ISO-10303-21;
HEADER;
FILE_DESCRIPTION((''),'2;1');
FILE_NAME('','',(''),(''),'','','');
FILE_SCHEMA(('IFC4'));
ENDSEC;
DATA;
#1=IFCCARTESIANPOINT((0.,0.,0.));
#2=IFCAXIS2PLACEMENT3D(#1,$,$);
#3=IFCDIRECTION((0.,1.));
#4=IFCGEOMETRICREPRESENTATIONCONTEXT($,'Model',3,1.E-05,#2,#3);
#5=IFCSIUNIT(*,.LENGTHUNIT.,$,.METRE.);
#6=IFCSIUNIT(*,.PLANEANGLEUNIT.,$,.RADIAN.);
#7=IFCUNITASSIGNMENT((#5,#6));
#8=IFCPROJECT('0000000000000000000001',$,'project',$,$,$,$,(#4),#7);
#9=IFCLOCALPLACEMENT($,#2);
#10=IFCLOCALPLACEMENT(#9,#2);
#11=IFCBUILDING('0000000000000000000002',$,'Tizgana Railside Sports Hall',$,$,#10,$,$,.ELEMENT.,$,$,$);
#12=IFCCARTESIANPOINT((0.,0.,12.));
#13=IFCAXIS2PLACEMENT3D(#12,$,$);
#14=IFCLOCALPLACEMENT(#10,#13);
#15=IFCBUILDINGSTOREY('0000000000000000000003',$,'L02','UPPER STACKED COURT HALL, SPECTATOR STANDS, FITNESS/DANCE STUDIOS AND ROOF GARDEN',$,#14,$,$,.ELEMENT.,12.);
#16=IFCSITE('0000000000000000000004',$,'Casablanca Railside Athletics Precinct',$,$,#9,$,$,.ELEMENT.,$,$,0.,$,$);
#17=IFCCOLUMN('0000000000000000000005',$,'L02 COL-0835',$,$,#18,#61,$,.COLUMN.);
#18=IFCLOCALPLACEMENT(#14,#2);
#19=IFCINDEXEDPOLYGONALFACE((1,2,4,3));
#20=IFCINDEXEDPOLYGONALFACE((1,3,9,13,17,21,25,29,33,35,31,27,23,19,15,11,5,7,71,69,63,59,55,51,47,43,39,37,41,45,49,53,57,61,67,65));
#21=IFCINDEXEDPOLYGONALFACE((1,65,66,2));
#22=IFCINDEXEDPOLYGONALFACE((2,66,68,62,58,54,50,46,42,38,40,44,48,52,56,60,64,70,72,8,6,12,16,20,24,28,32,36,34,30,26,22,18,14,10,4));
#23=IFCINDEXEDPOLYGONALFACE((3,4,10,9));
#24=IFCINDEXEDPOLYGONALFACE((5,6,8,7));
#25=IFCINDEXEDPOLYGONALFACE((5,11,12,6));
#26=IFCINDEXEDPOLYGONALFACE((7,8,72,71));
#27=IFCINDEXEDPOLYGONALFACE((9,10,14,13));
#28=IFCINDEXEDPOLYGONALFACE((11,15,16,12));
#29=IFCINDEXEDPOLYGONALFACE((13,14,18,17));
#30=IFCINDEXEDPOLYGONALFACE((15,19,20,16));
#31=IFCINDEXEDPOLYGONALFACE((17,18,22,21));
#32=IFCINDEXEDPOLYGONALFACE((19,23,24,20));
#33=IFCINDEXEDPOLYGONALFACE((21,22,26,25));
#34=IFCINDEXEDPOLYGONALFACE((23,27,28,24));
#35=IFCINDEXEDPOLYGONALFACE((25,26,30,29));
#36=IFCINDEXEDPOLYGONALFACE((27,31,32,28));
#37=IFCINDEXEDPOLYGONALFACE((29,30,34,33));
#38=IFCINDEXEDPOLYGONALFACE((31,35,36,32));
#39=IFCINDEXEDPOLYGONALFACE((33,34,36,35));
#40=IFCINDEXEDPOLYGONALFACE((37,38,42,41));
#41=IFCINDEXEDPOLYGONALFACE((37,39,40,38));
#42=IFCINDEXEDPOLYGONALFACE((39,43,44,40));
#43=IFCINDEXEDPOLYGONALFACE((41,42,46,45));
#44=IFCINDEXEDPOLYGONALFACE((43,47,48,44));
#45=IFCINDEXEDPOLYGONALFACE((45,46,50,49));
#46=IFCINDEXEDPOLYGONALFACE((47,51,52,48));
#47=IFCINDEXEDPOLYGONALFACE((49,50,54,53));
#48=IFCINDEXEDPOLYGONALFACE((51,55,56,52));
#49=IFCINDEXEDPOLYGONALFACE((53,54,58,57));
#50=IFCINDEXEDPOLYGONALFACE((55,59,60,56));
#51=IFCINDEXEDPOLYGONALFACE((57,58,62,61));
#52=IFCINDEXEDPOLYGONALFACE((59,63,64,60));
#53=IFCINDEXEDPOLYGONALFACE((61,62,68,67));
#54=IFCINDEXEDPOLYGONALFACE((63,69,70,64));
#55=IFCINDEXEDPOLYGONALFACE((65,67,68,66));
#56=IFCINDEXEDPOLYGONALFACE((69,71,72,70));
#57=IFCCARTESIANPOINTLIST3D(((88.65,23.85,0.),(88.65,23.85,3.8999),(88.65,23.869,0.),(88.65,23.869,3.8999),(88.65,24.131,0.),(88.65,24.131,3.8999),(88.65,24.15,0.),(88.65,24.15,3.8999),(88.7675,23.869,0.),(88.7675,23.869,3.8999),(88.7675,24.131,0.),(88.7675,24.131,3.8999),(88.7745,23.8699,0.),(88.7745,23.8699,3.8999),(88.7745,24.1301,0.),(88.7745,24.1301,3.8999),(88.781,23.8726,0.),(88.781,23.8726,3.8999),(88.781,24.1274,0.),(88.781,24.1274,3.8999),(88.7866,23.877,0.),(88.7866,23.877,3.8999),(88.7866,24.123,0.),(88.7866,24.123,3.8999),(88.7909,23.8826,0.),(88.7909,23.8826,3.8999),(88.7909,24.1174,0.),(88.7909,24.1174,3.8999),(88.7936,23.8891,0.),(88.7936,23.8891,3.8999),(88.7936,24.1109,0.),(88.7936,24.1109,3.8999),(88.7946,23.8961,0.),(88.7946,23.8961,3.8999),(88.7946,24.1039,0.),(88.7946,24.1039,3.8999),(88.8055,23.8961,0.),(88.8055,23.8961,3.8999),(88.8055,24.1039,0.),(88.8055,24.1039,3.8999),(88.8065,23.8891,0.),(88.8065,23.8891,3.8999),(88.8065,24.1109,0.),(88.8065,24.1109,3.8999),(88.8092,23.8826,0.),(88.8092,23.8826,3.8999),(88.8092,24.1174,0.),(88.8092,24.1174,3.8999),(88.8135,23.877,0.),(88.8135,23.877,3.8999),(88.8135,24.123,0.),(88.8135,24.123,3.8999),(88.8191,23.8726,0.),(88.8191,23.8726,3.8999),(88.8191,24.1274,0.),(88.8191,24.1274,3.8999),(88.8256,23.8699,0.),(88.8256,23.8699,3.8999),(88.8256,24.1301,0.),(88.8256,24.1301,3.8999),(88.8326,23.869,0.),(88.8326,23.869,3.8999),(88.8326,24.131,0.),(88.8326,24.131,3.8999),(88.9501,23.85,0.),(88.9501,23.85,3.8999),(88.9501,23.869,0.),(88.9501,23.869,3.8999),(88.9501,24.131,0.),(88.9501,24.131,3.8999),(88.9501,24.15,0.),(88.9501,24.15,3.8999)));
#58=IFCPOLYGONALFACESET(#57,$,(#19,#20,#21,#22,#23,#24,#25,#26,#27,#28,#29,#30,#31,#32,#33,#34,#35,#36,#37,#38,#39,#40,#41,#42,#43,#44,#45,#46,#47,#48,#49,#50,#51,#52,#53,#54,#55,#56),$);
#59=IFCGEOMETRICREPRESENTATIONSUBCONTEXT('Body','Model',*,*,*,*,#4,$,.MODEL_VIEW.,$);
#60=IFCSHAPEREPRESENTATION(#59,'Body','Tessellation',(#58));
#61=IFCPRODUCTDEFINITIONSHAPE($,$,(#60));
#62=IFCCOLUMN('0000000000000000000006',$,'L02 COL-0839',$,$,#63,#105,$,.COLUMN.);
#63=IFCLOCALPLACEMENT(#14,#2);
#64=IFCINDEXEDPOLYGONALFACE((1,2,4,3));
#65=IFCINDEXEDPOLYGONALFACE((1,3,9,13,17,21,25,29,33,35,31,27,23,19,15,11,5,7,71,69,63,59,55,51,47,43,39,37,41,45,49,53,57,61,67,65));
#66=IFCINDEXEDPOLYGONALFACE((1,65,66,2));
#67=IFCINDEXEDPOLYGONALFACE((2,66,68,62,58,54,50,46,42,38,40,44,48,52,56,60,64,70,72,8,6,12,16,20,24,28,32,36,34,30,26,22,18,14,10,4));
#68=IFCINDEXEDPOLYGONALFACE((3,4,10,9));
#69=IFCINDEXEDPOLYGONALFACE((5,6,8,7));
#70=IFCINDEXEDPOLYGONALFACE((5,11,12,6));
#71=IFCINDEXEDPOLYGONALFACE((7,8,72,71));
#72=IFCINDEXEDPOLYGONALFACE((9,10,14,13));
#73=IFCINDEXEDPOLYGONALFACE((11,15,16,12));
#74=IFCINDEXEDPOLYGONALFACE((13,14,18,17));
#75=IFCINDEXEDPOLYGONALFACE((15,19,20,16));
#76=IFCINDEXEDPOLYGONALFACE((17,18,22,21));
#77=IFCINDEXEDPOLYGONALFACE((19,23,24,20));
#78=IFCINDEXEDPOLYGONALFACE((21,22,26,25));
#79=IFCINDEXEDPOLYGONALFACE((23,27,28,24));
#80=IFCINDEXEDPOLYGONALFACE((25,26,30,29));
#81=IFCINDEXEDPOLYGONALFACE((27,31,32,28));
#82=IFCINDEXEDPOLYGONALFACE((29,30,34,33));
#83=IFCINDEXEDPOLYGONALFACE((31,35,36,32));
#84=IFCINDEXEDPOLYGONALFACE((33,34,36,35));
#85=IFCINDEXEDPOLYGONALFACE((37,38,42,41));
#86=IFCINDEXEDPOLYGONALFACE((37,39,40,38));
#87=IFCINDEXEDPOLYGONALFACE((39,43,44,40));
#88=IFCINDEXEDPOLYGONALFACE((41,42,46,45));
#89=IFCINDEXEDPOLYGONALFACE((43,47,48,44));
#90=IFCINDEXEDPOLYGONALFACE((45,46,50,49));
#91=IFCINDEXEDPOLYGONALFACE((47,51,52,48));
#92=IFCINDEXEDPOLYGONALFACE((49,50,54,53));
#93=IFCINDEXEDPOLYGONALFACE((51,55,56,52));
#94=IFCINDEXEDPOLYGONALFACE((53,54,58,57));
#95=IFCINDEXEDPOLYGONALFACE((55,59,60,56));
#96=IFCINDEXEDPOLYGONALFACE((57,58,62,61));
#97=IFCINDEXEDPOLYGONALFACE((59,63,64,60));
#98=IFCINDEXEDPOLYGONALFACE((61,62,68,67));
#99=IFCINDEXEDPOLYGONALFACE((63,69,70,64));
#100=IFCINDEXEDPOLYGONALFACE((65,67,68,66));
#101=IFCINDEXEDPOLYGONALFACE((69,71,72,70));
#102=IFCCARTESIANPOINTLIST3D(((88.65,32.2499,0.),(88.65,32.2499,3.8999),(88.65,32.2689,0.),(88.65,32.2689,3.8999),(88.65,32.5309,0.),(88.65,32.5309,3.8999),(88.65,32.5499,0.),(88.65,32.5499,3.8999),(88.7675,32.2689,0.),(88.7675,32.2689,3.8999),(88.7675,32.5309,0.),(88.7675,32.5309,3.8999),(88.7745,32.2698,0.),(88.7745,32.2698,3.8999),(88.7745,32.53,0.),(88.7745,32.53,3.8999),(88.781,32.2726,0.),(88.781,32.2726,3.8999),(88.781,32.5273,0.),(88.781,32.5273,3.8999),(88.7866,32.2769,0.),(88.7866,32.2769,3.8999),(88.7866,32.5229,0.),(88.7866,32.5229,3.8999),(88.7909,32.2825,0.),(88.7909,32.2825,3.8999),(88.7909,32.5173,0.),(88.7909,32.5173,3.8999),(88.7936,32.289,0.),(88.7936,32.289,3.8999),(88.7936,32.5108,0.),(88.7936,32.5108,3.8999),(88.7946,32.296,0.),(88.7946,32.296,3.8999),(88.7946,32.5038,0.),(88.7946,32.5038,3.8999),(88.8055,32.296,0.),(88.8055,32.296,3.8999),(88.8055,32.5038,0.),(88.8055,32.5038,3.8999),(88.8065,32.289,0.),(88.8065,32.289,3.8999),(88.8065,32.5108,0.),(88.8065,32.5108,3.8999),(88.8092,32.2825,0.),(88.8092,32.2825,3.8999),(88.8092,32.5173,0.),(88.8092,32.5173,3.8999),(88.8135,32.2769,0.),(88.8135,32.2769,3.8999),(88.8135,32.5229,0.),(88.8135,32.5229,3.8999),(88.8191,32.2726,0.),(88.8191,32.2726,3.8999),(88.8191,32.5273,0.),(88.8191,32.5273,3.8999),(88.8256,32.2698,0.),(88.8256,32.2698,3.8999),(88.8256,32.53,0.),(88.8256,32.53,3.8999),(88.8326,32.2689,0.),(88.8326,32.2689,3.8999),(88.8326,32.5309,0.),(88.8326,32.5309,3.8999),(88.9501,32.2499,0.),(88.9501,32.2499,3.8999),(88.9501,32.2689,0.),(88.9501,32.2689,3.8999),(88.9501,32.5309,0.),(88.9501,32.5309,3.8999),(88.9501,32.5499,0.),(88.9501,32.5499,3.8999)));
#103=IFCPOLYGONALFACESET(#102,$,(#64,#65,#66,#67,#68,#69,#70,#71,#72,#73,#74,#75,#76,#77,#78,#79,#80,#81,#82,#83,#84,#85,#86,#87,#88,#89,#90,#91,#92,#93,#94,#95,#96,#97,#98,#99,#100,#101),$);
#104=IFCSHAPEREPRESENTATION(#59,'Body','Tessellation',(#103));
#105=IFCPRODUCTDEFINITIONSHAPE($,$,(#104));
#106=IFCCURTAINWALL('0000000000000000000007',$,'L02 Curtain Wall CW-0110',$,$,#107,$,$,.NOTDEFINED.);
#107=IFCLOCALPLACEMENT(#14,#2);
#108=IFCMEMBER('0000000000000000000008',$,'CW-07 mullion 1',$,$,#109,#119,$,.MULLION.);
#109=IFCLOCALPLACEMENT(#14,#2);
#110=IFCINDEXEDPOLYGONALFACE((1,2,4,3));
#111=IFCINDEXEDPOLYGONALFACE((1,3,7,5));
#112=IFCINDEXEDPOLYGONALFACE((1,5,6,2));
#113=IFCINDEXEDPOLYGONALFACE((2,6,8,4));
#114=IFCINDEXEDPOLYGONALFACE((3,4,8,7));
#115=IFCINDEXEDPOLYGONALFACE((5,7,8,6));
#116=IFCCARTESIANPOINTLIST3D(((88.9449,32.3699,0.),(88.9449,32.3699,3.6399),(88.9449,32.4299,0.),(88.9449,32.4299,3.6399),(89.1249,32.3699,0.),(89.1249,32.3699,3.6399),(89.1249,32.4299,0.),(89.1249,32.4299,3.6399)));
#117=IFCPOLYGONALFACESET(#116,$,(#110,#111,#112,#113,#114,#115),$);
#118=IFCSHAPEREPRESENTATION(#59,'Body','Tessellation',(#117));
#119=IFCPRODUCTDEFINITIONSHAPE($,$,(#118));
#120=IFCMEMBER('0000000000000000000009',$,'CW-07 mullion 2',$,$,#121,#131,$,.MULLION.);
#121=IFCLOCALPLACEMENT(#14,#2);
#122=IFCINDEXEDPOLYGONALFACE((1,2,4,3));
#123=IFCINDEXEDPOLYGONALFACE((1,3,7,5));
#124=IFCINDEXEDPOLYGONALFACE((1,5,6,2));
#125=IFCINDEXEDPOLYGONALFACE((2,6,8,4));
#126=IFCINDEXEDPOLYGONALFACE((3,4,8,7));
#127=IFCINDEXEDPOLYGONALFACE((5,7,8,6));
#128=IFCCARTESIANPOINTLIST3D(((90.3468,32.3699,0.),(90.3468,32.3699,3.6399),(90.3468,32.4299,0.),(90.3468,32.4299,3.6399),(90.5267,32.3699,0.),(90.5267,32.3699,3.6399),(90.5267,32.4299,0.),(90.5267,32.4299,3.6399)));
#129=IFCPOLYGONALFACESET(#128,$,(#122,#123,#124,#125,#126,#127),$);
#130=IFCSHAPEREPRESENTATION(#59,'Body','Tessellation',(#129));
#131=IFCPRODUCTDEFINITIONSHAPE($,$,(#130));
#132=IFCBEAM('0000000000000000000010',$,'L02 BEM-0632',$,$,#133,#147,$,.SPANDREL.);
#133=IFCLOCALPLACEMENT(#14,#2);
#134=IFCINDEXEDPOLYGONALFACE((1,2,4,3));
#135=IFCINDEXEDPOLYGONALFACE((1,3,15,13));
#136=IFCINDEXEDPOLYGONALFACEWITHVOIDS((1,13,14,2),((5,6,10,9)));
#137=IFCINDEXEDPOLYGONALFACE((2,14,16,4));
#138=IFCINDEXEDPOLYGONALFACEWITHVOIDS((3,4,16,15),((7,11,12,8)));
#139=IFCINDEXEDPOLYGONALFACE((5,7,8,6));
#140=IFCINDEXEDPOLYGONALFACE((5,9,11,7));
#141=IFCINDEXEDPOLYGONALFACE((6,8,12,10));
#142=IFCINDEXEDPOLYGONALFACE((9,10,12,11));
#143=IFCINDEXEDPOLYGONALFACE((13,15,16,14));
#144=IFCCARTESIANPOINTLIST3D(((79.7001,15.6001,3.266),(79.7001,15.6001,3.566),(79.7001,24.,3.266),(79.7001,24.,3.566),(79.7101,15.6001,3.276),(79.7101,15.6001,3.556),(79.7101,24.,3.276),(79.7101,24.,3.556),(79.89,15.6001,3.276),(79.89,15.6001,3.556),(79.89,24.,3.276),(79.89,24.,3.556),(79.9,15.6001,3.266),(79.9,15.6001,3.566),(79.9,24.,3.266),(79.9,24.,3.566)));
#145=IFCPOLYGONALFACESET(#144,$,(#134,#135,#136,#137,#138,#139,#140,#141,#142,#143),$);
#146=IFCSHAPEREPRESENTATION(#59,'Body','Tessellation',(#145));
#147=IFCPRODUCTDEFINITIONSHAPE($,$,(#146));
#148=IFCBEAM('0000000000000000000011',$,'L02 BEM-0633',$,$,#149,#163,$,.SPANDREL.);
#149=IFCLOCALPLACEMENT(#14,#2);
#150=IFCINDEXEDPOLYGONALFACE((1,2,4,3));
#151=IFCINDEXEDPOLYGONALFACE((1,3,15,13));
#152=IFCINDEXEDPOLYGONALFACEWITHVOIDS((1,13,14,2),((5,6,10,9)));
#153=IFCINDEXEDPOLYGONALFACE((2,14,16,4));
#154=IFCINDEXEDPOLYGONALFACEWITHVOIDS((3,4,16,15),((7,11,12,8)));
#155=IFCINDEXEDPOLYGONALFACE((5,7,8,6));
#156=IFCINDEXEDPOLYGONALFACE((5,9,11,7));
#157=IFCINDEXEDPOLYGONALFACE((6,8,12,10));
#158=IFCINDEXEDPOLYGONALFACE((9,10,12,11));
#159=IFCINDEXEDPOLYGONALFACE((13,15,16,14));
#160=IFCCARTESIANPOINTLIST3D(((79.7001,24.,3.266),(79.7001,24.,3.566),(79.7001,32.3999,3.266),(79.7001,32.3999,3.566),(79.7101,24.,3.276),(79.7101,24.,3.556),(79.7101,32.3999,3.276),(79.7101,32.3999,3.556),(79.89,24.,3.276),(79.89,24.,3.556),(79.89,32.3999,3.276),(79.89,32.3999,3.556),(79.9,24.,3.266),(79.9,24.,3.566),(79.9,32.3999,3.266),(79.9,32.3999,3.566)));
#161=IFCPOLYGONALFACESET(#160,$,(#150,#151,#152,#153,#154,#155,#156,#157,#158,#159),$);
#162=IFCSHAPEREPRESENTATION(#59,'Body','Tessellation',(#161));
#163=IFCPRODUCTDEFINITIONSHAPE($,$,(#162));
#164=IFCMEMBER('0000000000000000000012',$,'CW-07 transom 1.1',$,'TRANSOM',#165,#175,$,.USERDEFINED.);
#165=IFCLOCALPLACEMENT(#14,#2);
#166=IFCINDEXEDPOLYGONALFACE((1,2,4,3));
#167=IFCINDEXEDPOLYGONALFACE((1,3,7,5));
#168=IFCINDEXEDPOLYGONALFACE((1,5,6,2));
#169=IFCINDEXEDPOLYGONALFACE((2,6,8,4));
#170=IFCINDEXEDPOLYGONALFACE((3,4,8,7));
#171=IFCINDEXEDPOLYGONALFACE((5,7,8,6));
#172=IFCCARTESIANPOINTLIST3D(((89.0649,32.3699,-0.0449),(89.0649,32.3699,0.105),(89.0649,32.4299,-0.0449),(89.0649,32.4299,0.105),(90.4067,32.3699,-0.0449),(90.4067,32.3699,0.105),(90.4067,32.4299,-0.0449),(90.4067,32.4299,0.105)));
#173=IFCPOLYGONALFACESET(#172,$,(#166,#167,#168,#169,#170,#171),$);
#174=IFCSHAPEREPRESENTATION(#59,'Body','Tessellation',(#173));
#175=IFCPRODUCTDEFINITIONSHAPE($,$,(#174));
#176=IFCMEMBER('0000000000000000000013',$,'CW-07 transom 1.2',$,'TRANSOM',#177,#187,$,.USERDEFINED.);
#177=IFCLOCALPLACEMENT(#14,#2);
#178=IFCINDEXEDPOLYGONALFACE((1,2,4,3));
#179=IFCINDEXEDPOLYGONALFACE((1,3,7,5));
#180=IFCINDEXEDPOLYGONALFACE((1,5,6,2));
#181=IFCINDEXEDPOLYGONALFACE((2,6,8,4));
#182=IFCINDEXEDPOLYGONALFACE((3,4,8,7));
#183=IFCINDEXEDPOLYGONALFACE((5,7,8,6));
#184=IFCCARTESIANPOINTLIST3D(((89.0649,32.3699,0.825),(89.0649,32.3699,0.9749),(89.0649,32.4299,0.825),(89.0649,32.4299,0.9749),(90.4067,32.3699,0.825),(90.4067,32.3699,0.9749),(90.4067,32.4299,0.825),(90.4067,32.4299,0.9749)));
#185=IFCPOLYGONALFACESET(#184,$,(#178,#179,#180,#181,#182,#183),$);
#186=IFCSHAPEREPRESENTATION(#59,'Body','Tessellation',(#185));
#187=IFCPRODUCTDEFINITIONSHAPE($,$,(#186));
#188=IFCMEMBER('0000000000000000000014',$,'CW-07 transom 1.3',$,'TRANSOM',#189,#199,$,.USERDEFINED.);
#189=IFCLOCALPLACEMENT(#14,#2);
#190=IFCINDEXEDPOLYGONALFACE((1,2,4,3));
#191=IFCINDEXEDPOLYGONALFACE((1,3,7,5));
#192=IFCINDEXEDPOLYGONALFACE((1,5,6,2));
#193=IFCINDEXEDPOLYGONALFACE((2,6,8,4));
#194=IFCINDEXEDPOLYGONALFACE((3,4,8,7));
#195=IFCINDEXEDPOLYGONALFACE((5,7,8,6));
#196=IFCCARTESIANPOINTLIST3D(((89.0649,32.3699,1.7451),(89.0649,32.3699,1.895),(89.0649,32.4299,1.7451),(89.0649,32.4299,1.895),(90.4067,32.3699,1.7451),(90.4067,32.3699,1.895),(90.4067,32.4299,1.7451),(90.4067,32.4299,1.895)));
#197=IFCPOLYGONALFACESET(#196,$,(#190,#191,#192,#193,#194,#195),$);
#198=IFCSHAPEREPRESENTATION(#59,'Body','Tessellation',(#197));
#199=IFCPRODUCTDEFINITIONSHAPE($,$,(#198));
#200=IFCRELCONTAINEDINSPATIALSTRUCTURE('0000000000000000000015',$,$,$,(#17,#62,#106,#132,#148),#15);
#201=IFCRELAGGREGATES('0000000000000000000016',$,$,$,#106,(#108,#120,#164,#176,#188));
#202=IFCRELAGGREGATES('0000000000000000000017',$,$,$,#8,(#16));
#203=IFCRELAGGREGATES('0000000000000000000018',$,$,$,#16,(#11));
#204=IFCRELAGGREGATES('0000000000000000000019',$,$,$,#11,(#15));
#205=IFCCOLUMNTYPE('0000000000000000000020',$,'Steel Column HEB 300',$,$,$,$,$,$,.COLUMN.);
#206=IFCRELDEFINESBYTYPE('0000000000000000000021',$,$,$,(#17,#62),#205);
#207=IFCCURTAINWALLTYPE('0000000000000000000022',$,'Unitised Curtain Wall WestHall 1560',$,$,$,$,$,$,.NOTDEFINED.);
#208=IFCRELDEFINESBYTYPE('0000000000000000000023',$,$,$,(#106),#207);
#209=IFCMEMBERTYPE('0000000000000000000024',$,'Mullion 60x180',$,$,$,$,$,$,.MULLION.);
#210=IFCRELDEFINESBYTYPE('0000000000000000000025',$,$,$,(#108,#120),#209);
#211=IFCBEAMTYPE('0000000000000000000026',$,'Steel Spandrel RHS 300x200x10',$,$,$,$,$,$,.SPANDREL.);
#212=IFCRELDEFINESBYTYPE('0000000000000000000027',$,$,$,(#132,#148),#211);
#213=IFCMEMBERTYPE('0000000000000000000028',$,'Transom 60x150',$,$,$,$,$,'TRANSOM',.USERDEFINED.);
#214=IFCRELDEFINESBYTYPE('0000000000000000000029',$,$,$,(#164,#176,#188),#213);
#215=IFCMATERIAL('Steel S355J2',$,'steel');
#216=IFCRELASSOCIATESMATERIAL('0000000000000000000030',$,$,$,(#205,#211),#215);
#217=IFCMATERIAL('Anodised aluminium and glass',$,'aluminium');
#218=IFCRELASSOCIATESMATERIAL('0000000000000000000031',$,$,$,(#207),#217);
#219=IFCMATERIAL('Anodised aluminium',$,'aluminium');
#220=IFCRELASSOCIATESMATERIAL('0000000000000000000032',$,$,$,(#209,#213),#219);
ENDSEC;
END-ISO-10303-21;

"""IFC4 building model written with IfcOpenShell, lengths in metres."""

from ifc_helpers import new_model, si_unit, direction, frame, origin, origin_2d, place, context, subcontext, project, spatial, rectangle, hollow_rectangle, i_section, extrude, material, material_profile, profile_set, type_object, element, aggregate, save


model = new_model("IFC4")

# Units and contexts
model_context = context("Model", 3, precision=1e-05, world=origin(), true_north=direction((0.0, 1.0)))
body_context = subcontext(model_context, "Body", "Model", "MODEL_VIEW")
ifc_project = project(units=[si_unit("LENGTHUNIT", "METRE"), si_unit("PLANEANGLEUNIT", "RADIAN")], contexts=[model_context])

# Site, building, storey
site_placement = place(None, origin())
site = spatial("IfcSite", under=ifc_project, at=site_placement, Name="Casablanca Railside Athletics Precinct", CompositionType="ELEMENT", RefElevation=0.0)
building_placement = place(site_placement, origin())
building = spatial("IfcBuilding", under=site, at=building_placement, Name="Tizgana Railside Sports Hall", CompositionType="ELEMENT")
storey_placement = place(building_placement, frame((0.0, 0.0, 12.0)))
storey = spatial("IfcBuildingStorey", under=building, at=storey_placement, Name="L02", Description="UPPER STACKED COURT HALL, SPECTATOR STANDS, FITNESS/DANCE STUDIOS AND ROOF GARDEN", CompositionType="ELEMENT", Elevation=12.0)

# Columns
ifc_material_1 = material(Name="Steel S355J2", Category="steel")
ifc_material_profile_1 = material_profile(ifc_material_1, i_section(OverallWidth=0.3, OverallDepth=0.3, WebThickness=0.011, FlangeThickness=0.019, FilletRadius=0.0271, at=origin_2d()), Name="HEB 300")
ifc_profile_set_1 = profile_set([ifc_material_profile_1], Name="Steel S355J2")
column_type = type_object("IfcColumnType", Name="Steel Column HEB 300", PredefinedType="COLUMN", material=ifc_profile_set_1)
for number, where, z_axis, x_axis, name in (
    (1, (88.8, 24.0, 0.0), (0.0, 0.0, 1.0), (1.0, 0.0, 0.0), "L02 COL-0835"),
    (2, (88.8, 32.3999, 0.0), (0.0, 0.0, 1.0), (1.0, 0.0, 0.0), "L02 COL-0839"),
):
    element("IfcColumn", number, at=place(storey_placement, frame(where, z_axis=z_axis, x_axis=x_axis)), inside=storey, type_object=column_type, Name=name, PredefinedType="COLUMN", context=body_context, shape_type="SweptSolid", body=[
        extrude(i_section(OverallWidth=0.3, OverallDepth=0.3, WebThickness=0.011, FlangeThickness=0.019, FilletRadius=0.0271, at=origin_2d()), origin(), (0.0, 0.0, 1.0), 3.8999),
    ])

# Curtain wall, members
ifc_material_2 = material(Name="Anodised aluminium and glass", Category="aluminium")
curtain_wall_type = type_object("IfcCurtainWallType", Name="Unitised Curtain Wall WestHall 1560", PredefinedType="NOTDEFINED", material=ifc_material_2)
curtain_wall_placement = place(storey_placement, origin())
curtain_wall = element("IfcCurtainWall", 3, at=curtain_wall_placement, inside=storey, type_object=curtain_wall_type, Name="L02 Curtain Wall CW-0110", PredefinedType="NOTDEFINED")
ifc_material_3 = material(Name="Anodised aluminium", Category="aluminium")
ifc_material_profile_2 = material_profile(ifc_material_3, rectangle(XDim=0.0601, YDim=0.1799, at=origin_2d()), Name="Mullion 60x180")
ifc_profile_set_2 = profile_set([ifc_material_profile_2], Name="Anodised aluminium")
member_type_1 = type_object("IfcMemberType", Name="Mullion 60x180", PredefinedType="MULLION", material=ifc_profile_set_2)
member_1_placement = place(storey_placement, frame((89.0349, 32.3999, 0.0), z_axis=(0.0, 0.0, 1.0), x_axis=(0.0, 1.0, 0.0)))
member_1 = element("IfcMember", 4, at=member_1_placement, type_object=member_type_1, Name="CW-07 mullion 1", PredefinedType="MULLION", context=body_context, shape_type="SweptSolid", body=[
    extrude(rectangle(XDim=0.0601, YDim=0.1799, at=origin_2d()), origin(), (0.0, 0.0, 1.0), 3.6399),
])
member_2_placement = place(storey_placement, frame((90.4368, 32.3999, 0.0), z_axis=(0.0, 0.0, 1.0), x_axis=(0.0, 1.0, 0.0)))
member_2 = element("IfcMember", 5, at=member_2_placement, type_object=member_type_1, Name="CW-07 mullion 2", PredefinedType="MULLION", context=body_context, shape_type="SweptSolid", body=[
    extrude(rectangle(XDim=0.0601, YDim=0.1799, at=origin_2d()), origin(), (0.0, 0.0, 1.0), 3.6399),
])

# Beams
ifc_material_profile_3 = material_profile(ifc_material_1, hollow_rectangle(XDim=0.2, YDim=0.3, WallThickness=0.01, at=origin_2d()), Name="RHS 300x200x10")
ifc_profile_set_3 = profile_set([ifc_material_profile_3], Name="Steel S355J2")
beam_type = type_object("IfcBeamType", Name="Steel Spandrel RHS 300x200x10", PredefinedType="SPANDREL", material=ifc_profile_set_3)
for number, where, z_axis, x_axis, name in (
    (6, (79.8, 15.6001, 3.416), (0.0, 1.0, 0.0), (-1.0, 0.0, 0.0), "L02 BEM-0632"),
    (7, (79.8, 24.0, 3.416), (0.0, 1.0, 0.0), (-1.0, 0.0, 0.0), "L02 BEM-0633"),
):
    element("IfcBeam", number, at=place(storey_placement, frame(where, z_axis=z_axis, x_axis=x_axis)), inside=storey, type_object=beam_type, Name=name, PredefinedType="SPANDREL", context=body_context, shape_type="SweptSolid", body=[
        extrude(hollow_rectangle(XDim=0.2, YDim=0.3, WallThickness=0.01, at=origin_2d()), origin(), (0.0, 0.0, 1.0), 8.3999),
    ])

# Members
ifc_material_profile_4 = material_profile(ifc_material_3, rectangle(XDim=0.0601, YDim=0.1499, at=origin_2d()), Name="Transom 60x150")
ifc_profile_set_4 = profile_set([ifc_material_profile_4], Name="Anodised aluminium")
member_type_2 = type_object("IfcMemberType", Name="Transom 60x150", ElementType="TRANSOM", PredefinedType="USERDEFINED", material=ifc_profile_set_4)
member_3_placement = place(storey_placement, frame((89.0649, 32.3999, 0.03), z_axis=(1.0, 0.0, 0.0), x_axis=(0.0, 1.0, 0.0)))
member_3 = element("IfcMember", 8, at=member_3_placement, type_object=member_type_2, Name="CW-07 transom 1.1", ObjectType="TRANSOM", PredefinedType="USERDEFINED", context=body_context, shape_type="SweptSolid", body=[
    extrude(rectangle(XDim=0.0601, YDim=0.1499, at=origin_2d()), origin(), (0.0, 0.0, 1.0), 1.3418),
])
member_4_placement = place(storey_placement, frame((89.0649, 32.3999, 0.8999), z_axis=(1.0, 0.0, 0.0), x_axis=(0.0, 1.0, 0.0)))
member_4 = element("IfcMember", 9, at=member_4_placement, type_object=member_type_2, Name="CW-07 transom 1.2", ObjectType="TRANSOM", PredefinedType="USERDEFINED", context=body_context, shape_type="SweptSolid", body=[
    extrude(rectangle(XDim=0.0601, YDim=0.1499, at=origin_2d()), origin(), (0.0, 0.0, 1.0), 1.3418),
])
member_5_placement = place(storey_placement, frame((89.0649, 32.3999, 1.8201), z_axis=(1.0, 0.0, 0.0), x_axis=(0.0, 1.0, 0.0)))
member_5 = element("IfcMember", 10, at=member_5_placement, type_object=member_type_2, Name="CW-07 transom 1.3", ObjectType="TRANSOM", PredefinedType="USERDEFINED", context=body_context, shape_type="SweptSolid", body=[
    extrude(rectangle(XDim=0.0601, YDim=0.1499, at=origin_2d()), origin(), (0.0, 0.0, 1.0), 1.3418),
])

aggregate(curtain_wall, [member_1, member_2, member_3, member_4, member_5])

save(model, "model.ifc")
